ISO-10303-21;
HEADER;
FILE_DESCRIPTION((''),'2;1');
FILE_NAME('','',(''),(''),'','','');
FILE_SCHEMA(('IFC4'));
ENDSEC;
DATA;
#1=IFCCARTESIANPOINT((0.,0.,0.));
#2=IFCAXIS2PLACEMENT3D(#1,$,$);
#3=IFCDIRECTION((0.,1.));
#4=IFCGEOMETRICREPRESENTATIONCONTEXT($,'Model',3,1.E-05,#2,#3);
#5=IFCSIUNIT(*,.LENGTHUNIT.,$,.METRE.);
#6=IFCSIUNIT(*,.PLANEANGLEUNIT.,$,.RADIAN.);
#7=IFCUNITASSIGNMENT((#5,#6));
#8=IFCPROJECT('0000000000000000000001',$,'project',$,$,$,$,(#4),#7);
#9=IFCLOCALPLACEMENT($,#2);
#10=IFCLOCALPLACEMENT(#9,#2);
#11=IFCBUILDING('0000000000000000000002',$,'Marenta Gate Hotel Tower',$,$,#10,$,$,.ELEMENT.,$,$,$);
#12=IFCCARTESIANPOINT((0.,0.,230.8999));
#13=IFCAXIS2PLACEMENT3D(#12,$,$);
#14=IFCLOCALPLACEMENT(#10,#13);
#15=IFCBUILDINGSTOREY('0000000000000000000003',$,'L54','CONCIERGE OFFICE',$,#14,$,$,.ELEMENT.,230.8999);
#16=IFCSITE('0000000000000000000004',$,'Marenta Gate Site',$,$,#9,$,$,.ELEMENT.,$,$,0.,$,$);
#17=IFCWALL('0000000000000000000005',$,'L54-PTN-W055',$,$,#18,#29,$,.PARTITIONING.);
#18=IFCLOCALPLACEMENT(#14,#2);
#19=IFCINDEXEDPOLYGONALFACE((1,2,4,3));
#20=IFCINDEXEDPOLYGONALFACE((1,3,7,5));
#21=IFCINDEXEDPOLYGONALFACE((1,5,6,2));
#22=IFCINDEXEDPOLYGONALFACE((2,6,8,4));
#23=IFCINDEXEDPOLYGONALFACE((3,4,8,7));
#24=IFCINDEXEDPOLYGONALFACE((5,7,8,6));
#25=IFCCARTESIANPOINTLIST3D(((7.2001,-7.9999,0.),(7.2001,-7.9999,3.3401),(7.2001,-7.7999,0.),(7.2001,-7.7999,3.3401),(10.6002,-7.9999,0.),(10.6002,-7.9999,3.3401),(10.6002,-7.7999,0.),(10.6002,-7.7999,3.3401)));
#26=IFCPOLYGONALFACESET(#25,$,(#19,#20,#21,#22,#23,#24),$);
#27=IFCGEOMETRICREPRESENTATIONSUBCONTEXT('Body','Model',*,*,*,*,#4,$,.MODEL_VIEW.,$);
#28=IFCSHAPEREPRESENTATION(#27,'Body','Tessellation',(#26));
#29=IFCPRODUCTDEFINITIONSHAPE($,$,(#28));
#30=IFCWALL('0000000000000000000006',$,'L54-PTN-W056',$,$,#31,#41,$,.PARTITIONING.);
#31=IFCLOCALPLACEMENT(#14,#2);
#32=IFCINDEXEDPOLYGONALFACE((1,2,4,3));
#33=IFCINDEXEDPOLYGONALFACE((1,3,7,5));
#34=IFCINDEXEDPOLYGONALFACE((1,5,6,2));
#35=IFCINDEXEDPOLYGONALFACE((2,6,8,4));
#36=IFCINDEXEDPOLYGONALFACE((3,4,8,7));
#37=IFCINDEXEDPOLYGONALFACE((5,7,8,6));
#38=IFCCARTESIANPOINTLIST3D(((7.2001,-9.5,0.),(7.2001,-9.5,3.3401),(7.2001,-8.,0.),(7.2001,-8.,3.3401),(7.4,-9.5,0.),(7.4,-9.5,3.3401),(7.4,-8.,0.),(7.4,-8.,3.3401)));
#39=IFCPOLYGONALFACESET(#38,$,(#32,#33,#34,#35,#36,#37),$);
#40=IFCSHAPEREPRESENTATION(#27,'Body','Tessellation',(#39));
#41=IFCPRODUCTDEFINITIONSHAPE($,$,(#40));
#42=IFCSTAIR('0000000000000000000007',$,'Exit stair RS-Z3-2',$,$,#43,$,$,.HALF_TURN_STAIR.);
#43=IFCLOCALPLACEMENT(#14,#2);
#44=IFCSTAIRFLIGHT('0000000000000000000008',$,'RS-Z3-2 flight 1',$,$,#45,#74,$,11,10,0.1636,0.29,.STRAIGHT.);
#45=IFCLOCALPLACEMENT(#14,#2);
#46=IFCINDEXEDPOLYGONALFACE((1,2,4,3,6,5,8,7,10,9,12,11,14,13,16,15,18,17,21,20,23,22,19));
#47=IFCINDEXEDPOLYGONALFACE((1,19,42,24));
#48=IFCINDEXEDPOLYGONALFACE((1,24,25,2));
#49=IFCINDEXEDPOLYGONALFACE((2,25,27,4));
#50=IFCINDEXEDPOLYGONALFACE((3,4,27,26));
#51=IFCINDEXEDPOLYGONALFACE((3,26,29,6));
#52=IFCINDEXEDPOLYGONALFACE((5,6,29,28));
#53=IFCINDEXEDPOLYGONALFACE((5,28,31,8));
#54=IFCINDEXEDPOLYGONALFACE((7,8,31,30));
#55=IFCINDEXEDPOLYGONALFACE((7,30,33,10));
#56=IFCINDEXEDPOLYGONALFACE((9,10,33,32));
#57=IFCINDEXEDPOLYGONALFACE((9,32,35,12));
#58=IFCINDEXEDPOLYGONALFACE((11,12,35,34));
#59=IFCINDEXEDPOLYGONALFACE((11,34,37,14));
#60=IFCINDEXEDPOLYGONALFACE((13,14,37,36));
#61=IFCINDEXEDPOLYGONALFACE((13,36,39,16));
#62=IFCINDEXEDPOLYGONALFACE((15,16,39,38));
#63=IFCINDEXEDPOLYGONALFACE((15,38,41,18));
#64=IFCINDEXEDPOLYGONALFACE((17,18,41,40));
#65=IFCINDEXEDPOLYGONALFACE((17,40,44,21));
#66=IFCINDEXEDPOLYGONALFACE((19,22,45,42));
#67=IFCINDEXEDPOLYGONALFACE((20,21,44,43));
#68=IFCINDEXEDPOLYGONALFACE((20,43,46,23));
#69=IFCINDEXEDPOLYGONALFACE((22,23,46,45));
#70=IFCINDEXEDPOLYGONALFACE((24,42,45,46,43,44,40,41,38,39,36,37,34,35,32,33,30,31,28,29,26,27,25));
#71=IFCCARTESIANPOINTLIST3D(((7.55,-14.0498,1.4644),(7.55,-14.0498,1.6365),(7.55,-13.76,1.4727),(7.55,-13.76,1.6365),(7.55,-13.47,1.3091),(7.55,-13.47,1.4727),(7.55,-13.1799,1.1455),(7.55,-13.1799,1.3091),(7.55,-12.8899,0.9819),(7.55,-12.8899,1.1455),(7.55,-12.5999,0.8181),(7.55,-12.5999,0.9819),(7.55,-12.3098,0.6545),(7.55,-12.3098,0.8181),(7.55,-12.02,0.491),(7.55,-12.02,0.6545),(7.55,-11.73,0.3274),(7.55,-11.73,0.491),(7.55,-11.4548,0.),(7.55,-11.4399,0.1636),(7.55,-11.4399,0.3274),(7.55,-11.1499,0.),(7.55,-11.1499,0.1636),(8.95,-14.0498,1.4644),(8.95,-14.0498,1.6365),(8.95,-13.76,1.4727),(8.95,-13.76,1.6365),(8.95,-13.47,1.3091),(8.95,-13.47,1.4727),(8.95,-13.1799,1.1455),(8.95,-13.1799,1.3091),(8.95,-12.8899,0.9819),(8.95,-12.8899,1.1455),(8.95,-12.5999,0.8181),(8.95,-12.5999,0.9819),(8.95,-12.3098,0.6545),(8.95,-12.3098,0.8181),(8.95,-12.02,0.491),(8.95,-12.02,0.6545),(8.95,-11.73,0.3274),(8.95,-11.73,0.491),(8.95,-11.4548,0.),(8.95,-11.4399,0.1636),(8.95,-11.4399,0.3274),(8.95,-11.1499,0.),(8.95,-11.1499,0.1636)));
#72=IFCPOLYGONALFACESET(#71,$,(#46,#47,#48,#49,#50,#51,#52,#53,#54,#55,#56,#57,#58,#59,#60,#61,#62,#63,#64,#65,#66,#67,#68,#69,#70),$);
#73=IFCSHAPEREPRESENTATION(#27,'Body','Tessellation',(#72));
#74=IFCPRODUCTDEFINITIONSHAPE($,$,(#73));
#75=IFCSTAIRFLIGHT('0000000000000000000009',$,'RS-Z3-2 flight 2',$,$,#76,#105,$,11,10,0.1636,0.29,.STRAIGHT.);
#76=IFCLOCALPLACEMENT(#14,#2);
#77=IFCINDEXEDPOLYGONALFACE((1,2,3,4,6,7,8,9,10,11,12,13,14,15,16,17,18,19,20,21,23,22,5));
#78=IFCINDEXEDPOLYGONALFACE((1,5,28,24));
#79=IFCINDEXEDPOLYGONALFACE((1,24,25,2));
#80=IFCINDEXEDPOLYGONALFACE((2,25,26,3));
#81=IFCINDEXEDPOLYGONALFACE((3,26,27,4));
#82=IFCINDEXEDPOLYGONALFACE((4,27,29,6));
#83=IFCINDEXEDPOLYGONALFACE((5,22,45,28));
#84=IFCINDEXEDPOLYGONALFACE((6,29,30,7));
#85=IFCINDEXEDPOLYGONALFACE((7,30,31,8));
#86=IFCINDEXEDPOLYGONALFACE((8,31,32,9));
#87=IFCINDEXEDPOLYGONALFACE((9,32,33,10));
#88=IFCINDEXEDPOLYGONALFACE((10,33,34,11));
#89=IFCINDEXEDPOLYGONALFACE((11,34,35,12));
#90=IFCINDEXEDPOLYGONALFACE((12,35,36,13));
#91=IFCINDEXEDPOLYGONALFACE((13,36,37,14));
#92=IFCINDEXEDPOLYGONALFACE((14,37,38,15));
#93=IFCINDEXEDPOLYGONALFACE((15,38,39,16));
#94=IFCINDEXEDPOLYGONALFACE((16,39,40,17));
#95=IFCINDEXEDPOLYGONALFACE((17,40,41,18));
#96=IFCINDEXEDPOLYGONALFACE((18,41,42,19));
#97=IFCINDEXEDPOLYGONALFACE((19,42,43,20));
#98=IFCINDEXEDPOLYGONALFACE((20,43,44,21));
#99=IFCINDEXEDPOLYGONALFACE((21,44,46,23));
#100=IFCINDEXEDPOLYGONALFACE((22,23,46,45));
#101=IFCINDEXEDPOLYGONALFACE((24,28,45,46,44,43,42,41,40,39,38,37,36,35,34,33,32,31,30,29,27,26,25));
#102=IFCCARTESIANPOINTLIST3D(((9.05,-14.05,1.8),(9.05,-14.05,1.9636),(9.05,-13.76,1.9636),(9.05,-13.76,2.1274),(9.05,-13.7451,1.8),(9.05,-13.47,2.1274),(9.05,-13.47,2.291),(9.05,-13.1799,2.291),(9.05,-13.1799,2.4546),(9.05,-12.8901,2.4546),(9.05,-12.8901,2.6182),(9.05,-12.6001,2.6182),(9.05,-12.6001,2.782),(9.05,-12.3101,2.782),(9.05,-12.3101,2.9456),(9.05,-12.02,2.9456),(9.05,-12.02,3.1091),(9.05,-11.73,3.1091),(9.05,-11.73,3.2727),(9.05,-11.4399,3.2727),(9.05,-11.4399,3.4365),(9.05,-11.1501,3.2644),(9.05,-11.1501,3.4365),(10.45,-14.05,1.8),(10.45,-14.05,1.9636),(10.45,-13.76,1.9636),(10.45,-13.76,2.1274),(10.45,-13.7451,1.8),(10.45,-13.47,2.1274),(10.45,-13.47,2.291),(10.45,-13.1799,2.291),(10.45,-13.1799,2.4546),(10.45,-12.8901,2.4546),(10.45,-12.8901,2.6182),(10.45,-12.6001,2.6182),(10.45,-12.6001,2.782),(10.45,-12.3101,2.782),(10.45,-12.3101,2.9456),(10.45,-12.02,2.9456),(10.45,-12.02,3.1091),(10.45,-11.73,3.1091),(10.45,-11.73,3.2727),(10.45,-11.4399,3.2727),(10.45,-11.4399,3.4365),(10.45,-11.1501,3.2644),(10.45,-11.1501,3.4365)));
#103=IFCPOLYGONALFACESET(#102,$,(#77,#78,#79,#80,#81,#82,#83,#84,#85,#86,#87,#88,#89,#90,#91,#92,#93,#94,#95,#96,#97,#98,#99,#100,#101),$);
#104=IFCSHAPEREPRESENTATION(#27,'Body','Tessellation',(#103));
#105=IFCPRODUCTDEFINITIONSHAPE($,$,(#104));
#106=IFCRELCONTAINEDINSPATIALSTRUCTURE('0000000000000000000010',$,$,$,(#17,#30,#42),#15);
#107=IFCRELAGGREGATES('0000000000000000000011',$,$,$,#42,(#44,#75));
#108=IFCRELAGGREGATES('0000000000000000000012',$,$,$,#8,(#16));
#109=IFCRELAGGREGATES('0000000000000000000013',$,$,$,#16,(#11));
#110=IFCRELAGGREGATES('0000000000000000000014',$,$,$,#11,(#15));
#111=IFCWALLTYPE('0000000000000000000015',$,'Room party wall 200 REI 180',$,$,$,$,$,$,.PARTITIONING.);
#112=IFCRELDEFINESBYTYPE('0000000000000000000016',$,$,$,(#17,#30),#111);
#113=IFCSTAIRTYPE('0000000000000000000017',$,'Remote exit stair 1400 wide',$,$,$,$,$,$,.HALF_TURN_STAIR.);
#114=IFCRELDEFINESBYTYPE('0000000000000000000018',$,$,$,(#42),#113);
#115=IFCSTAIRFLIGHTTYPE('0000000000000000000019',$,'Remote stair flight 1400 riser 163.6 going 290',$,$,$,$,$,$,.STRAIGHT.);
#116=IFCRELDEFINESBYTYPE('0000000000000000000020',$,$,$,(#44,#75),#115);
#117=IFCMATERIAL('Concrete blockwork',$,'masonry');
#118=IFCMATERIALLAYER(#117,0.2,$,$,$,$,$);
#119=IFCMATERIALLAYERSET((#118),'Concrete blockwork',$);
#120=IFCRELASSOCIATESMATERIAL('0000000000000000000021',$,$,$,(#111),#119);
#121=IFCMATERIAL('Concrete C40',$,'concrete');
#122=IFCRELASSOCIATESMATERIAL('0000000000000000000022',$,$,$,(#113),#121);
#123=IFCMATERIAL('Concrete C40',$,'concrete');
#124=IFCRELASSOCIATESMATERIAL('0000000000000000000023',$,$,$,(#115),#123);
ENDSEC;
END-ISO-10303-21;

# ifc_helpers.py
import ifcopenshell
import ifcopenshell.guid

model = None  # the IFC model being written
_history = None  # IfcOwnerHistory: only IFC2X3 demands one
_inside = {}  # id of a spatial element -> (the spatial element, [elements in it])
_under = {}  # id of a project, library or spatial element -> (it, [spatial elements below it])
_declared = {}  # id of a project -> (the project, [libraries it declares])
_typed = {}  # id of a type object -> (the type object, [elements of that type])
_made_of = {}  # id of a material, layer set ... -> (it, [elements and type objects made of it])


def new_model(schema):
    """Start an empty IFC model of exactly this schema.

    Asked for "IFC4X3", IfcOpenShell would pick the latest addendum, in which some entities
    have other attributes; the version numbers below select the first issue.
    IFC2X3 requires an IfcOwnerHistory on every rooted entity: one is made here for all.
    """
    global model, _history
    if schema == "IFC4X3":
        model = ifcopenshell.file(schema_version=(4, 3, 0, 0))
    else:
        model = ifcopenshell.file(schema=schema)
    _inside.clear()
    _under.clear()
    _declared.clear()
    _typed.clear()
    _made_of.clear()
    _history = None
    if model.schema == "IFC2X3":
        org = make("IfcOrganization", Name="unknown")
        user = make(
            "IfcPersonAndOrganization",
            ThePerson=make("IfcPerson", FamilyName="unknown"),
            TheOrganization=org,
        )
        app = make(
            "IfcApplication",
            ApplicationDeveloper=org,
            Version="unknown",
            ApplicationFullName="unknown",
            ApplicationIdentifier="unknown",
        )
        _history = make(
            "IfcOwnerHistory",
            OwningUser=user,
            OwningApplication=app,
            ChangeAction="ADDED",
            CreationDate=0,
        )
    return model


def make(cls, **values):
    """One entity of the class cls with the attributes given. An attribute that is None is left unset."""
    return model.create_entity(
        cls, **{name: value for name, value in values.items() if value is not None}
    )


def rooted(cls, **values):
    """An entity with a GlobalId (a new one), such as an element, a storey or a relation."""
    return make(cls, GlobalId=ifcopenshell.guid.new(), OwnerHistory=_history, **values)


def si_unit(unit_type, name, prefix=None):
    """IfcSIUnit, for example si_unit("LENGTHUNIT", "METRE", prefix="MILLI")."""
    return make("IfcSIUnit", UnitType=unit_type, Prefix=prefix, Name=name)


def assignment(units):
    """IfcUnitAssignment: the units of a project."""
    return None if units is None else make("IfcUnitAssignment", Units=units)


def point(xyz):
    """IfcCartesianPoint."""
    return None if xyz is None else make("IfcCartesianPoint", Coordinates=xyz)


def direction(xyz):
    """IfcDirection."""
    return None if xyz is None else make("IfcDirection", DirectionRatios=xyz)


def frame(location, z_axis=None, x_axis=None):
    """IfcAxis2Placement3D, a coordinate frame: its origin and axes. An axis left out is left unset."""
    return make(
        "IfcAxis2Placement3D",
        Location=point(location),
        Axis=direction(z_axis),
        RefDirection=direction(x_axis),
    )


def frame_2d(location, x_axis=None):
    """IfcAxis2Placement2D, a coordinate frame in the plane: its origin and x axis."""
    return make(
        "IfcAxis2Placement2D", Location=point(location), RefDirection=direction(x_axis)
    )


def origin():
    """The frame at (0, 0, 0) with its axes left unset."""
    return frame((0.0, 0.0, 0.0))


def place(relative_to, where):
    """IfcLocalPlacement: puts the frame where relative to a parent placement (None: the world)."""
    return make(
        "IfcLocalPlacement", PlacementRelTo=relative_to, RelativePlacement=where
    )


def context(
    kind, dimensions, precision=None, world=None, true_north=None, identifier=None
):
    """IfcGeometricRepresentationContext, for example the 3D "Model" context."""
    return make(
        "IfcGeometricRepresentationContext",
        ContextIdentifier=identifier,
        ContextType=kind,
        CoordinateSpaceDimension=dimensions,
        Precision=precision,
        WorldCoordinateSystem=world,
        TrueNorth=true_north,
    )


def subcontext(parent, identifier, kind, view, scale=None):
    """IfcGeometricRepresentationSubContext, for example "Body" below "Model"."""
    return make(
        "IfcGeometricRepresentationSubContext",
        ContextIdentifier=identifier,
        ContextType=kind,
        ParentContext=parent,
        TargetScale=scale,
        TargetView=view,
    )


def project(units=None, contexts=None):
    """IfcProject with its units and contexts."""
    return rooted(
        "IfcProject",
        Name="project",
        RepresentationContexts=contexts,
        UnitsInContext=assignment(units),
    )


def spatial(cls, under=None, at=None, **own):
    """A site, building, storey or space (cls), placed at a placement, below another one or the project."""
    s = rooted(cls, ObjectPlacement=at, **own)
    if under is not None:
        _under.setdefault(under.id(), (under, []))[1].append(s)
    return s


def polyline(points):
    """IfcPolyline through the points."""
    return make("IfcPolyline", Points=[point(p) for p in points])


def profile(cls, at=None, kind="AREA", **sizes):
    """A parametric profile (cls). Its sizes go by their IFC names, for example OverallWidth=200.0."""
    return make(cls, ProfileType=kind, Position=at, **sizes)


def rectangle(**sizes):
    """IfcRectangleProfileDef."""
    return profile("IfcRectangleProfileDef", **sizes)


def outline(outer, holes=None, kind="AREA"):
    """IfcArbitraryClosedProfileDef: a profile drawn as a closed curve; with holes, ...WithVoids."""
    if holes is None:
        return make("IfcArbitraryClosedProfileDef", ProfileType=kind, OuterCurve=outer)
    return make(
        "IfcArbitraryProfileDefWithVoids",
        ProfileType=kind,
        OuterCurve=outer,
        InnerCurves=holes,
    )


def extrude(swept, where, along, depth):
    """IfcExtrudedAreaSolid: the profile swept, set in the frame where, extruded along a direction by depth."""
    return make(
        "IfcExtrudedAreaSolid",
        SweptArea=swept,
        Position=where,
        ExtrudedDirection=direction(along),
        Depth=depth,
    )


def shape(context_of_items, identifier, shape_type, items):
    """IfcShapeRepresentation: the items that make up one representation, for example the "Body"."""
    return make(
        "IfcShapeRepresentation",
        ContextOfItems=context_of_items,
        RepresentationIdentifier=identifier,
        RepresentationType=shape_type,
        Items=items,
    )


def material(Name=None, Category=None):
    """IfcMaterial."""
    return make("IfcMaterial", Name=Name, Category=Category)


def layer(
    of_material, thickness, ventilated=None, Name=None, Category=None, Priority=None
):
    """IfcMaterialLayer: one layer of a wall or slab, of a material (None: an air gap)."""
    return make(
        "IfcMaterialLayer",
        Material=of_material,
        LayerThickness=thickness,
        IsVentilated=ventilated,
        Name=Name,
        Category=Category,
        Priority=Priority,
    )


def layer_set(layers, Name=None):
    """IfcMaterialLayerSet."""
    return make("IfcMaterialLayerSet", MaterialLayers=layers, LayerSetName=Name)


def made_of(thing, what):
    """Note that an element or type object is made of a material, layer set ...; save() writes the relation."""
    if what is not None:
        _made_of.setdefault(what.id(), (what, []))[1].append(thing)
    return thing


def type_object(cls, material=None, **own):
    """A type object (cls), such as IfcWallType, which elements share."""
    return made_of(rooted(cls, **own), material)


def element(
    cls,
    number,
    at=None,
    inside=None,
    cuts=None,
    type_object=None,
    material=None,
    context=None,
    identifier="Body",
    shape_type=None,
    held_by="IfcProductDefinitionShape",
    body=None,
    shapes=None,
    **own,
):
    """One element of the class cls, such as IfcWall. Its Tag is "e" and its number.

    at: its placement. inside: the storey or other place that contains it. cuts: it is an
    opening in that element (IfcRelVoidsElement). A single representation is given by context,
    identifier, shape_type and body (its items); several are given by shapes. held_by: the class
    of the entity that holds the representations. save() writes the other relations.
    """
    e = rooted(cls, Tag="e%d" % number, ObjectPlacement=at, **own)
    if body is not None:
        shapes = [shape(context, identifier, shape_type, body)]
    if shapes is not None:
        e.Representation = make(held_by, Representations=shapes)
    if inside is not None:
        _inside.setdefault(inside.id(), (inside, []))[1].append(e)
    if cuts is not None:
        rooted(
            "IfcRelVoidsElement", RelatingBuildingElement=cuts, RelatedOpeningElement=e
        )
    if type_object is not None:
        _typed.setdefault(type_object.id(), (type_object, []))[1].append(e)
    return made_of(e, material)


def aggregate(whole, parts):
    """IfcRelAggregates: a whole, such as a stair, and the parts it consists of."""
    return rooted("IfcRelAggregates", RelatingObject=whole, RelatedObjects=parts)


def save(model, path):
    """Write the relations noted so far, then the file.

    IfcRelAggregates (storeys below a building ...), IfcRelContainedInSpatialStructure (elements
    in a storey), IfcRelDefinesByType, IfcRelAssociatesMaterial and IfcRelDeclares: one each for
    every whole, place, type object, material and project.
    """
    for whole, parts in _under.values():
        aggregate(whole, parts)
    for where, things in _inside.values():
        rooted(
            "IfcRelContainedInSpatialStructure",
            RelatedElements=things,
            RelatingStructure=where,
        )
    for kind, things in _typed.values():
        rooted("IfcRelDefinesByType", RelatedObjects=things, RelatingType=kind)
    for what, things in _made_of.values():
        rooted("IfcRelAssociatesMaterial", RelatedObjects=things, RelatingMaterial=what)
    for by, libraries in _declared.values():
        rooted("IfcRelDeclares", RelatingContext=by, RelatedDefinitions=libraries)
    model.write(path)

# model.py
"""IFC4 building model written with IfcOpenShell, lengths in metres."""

from ifc_helpers import new_model, si_unit, direction, frame, frame_2d, origin, place, context, subcontext, project, spatial, polyline, rectangle, outline, extrude, material, layer, layer_set, type_object, element, aggregate, save


model = new_model("IFC4")

# Units and contexts
model_context = context("Model", 3, precision=1e-05, world=origin(), true_north=direction((0.0, 1.0)))
body_context = subcontext(model_context, "Body", "Model", "MODEL_VIEW")
ifc_project = project(units=[si_unit("LENGTHUNIT", "METRE"), si_unit("PLANEANGLEUNIT", "RADIAN")], contexts=[model_context])

# Site, building, storey
site_placement = place(None, origin())
site = spatial("IfcSite", under=ifc_project, at=site_placement, Name="Marenta Gate Site", CompositionType="ELEMENT", RefElevation=0.0)
building_placement = place(site_placement, origin())
building = spatial("IfcBuilding", under=site, at=building_placement, Name="Marenta Gate Hotel Tower", CompositionType="ELEMENT")
storey_placement = place(building_placement, frame((0.0, 0.0, 230.8999)))
storey = spatial("IfcBuildingStorey", under=building, at=storey_placement, Name="L54", Description="CONCIERGE OFFICE", CompositionType="ELEMENT", Elevation=230.8999)

# Walls
ifc_material_1 = material(Name="Concrete blockwork", Category="masonry")
ifc_layer_1 = layer(ifc_material_1, 0.2)
ifc_layer_set_1 = layer_set([ifc_layer_1], Name="Concrete blockwork")
wall_type_1 = type_object("IfcWallType", Name="Room party wall 200 REI 180", PredefinedType="PARTITIONING", material=ifc_layer_set_1)
wall_1_placement = place(storey_placement, frame((7.2, -7.8999, 0.0), z_axis=(0.0, 0.0, 1.0), x_axis=(1.0, 0.0, 0.0)))
element("IfcWall", 1, at=wall_1_placement, inside=storey, type_object=wall_type_1, Name="L54-PTN-W055", PredefinedType="PARTITIONING", context=body_context, shape_type="SweptSolid", body=[
    extrude(rectangle(XDim=3.4001, YDim=0.2, at=frame_2d((1.7002, 0.0))), origin(), (0.0, 0.0, 1.0), 3.3401),
])
wall_2_placement = place(storey_placement, frame((7.3, -9.5, 0.0), z_axis=(0.0, 0.0, 1.0), x_axis=(0.0, 1.0, 0.0)))
element("IfcWall", 2, at=wall_2_placement, inside=storey, type_object=wall_type_1, Name="L54-PTN-W056", PredefinedType="PARTITIONING", context=body_context, shape_type="SweptSolid", body=[
    extrude(rectangle(XDim=1.5, YDim=0.2, at=frame_2d((0.75, 0.0))), origin(), (0.0, 0.0, 1.0), 3.3401),
])

# Stair, stair flights
ifc_material_2 = material(Name="Concrete C40", Category="concrete")
stair_type = type_object("IfcStairType", Name="Remote exit stair 1400 wide", PredefinedType="HALF_TURN_STAIR", material=ifc_material_2)
stair_placement = place(storey_placement, origin())
stair = element("IfcStair", 3, at=stair_placement, inside=storey, type_object=stair_type, Name="Exit stair RS-Z3-2", PredefinedType="HALF_TURN_STAIR")
ifc_material_3 = material(Name="Concrete C40", Category="concrete")
stair_flight_type = type_object("IfcStairFlightType", Name="Remote stair flight 1400 riser 163.6 going 290", PredefinedType="STRAIGHT", material=ifc_material_3)
stair_flight_1_placement = place(storey_placement, frame((8.25, -11.1499, 0.0), z_axis=(0.0, 0.0, 1.0), x_axis=(0.0, -1.0, 0.0)))
stair_flight_1 = element("IfcStairFlight", 4, at=stair_flight_1_placement, type_object=stair_flight_type, Name="RS-Z3-2 flight 1", NumberOfRisers=11, NumberOfTreads=10, PredefinedType="STRAIGHT", RiserHeight=0.1636, TreadLength=0.29, context=body_context, shape_type="SweptSolid", body=[
    extrude(outline(polyline([(0.0, 0.0), (0.0, 0.1636), (0.29, 0.1636), (0.29, 0.3274), (0.5801, 0.3274), (0.5801, 0.491), (0.8701, 0.491), (0.8701, 0.6545), (1.1599, 0.6545), (1.1599, 0.8181), (1.45, 0.8181), (1.45, 0.9819), (1.74, 0.9819), (1.74, 1.1455), (2.03, 1.1455), (2.03, 1.3091), (2.3201, 1.3091), (2.3201, 1.4727), (2.6101, 1.4727), (2.6101, 1.6365), (2.8999, 1.6365), (2.8999, 1.8), (2.8999, 1.4644), (0.3049, 0.0), (0.0, 0.0)])), frame((0.0, 0.7, 0.0), z_axis=(0.0, -1.0, 0.0), x_axis=(1.0, 0.0, 0.0)), (0.0, 0.0, 1.0), 1.3999),
])
stair_flight_2_placement = place(storey_placement, frame((9.75, -14.05, 1.8), z_axis=(0.0, 0.0, 1.0), x_axis=(0.0, 1.0, 0.0)))
stair_flight_2 = element("IfcStairFlight", 5, at=stair_flight_2_placement, type_object=stair_flight_type, Name="RS-Z3-2 flight 2", NumberOfRisers=11, NumberOfTreads=10, PredefinedType="STRAIGHT", RiserHeight=0.1636, TreadLength=0.29, context=body_context, shape_type="SweptSolid", body=[
    extrude(outline(polyline([(0.0, 0.0), (0.0, 0.1636), (0.29, 0.1636), (0.29, 0.3274), (0.5801, 0.3274), (0.5801, 0.491), (0.8701, 0.491), (0.8701, 0.6545), (1.1599, 0.6545), (1.1599, 0.8181), (1.45, 0.8181), (1.45, 0.9819), (1.74, 0.9819), (1.74, 1.1455), (2.03, 1.1455), (2.03, 1.3091), (2.3201, 1.3091), (2.3201, 1.4727), (2.6101, 1.4727), (2.6101, 1.6365), (2.8999, 1.6365), (2.8999, 1.8), (2.8999, 1.4644), (0.3049, 0.0), (0.0, 0.0)])), frame((0.0, 0.7, 0.0), z_axis=(0.0, -1.0, 0.0), x_axis=(1.0, 0.0, 0.0)), (0.0, 0.0, 1.0), 1.3999),
])
aggregate(stair, [stair_flight_1, stair_flight_2])

save(model, "model.ifc")
